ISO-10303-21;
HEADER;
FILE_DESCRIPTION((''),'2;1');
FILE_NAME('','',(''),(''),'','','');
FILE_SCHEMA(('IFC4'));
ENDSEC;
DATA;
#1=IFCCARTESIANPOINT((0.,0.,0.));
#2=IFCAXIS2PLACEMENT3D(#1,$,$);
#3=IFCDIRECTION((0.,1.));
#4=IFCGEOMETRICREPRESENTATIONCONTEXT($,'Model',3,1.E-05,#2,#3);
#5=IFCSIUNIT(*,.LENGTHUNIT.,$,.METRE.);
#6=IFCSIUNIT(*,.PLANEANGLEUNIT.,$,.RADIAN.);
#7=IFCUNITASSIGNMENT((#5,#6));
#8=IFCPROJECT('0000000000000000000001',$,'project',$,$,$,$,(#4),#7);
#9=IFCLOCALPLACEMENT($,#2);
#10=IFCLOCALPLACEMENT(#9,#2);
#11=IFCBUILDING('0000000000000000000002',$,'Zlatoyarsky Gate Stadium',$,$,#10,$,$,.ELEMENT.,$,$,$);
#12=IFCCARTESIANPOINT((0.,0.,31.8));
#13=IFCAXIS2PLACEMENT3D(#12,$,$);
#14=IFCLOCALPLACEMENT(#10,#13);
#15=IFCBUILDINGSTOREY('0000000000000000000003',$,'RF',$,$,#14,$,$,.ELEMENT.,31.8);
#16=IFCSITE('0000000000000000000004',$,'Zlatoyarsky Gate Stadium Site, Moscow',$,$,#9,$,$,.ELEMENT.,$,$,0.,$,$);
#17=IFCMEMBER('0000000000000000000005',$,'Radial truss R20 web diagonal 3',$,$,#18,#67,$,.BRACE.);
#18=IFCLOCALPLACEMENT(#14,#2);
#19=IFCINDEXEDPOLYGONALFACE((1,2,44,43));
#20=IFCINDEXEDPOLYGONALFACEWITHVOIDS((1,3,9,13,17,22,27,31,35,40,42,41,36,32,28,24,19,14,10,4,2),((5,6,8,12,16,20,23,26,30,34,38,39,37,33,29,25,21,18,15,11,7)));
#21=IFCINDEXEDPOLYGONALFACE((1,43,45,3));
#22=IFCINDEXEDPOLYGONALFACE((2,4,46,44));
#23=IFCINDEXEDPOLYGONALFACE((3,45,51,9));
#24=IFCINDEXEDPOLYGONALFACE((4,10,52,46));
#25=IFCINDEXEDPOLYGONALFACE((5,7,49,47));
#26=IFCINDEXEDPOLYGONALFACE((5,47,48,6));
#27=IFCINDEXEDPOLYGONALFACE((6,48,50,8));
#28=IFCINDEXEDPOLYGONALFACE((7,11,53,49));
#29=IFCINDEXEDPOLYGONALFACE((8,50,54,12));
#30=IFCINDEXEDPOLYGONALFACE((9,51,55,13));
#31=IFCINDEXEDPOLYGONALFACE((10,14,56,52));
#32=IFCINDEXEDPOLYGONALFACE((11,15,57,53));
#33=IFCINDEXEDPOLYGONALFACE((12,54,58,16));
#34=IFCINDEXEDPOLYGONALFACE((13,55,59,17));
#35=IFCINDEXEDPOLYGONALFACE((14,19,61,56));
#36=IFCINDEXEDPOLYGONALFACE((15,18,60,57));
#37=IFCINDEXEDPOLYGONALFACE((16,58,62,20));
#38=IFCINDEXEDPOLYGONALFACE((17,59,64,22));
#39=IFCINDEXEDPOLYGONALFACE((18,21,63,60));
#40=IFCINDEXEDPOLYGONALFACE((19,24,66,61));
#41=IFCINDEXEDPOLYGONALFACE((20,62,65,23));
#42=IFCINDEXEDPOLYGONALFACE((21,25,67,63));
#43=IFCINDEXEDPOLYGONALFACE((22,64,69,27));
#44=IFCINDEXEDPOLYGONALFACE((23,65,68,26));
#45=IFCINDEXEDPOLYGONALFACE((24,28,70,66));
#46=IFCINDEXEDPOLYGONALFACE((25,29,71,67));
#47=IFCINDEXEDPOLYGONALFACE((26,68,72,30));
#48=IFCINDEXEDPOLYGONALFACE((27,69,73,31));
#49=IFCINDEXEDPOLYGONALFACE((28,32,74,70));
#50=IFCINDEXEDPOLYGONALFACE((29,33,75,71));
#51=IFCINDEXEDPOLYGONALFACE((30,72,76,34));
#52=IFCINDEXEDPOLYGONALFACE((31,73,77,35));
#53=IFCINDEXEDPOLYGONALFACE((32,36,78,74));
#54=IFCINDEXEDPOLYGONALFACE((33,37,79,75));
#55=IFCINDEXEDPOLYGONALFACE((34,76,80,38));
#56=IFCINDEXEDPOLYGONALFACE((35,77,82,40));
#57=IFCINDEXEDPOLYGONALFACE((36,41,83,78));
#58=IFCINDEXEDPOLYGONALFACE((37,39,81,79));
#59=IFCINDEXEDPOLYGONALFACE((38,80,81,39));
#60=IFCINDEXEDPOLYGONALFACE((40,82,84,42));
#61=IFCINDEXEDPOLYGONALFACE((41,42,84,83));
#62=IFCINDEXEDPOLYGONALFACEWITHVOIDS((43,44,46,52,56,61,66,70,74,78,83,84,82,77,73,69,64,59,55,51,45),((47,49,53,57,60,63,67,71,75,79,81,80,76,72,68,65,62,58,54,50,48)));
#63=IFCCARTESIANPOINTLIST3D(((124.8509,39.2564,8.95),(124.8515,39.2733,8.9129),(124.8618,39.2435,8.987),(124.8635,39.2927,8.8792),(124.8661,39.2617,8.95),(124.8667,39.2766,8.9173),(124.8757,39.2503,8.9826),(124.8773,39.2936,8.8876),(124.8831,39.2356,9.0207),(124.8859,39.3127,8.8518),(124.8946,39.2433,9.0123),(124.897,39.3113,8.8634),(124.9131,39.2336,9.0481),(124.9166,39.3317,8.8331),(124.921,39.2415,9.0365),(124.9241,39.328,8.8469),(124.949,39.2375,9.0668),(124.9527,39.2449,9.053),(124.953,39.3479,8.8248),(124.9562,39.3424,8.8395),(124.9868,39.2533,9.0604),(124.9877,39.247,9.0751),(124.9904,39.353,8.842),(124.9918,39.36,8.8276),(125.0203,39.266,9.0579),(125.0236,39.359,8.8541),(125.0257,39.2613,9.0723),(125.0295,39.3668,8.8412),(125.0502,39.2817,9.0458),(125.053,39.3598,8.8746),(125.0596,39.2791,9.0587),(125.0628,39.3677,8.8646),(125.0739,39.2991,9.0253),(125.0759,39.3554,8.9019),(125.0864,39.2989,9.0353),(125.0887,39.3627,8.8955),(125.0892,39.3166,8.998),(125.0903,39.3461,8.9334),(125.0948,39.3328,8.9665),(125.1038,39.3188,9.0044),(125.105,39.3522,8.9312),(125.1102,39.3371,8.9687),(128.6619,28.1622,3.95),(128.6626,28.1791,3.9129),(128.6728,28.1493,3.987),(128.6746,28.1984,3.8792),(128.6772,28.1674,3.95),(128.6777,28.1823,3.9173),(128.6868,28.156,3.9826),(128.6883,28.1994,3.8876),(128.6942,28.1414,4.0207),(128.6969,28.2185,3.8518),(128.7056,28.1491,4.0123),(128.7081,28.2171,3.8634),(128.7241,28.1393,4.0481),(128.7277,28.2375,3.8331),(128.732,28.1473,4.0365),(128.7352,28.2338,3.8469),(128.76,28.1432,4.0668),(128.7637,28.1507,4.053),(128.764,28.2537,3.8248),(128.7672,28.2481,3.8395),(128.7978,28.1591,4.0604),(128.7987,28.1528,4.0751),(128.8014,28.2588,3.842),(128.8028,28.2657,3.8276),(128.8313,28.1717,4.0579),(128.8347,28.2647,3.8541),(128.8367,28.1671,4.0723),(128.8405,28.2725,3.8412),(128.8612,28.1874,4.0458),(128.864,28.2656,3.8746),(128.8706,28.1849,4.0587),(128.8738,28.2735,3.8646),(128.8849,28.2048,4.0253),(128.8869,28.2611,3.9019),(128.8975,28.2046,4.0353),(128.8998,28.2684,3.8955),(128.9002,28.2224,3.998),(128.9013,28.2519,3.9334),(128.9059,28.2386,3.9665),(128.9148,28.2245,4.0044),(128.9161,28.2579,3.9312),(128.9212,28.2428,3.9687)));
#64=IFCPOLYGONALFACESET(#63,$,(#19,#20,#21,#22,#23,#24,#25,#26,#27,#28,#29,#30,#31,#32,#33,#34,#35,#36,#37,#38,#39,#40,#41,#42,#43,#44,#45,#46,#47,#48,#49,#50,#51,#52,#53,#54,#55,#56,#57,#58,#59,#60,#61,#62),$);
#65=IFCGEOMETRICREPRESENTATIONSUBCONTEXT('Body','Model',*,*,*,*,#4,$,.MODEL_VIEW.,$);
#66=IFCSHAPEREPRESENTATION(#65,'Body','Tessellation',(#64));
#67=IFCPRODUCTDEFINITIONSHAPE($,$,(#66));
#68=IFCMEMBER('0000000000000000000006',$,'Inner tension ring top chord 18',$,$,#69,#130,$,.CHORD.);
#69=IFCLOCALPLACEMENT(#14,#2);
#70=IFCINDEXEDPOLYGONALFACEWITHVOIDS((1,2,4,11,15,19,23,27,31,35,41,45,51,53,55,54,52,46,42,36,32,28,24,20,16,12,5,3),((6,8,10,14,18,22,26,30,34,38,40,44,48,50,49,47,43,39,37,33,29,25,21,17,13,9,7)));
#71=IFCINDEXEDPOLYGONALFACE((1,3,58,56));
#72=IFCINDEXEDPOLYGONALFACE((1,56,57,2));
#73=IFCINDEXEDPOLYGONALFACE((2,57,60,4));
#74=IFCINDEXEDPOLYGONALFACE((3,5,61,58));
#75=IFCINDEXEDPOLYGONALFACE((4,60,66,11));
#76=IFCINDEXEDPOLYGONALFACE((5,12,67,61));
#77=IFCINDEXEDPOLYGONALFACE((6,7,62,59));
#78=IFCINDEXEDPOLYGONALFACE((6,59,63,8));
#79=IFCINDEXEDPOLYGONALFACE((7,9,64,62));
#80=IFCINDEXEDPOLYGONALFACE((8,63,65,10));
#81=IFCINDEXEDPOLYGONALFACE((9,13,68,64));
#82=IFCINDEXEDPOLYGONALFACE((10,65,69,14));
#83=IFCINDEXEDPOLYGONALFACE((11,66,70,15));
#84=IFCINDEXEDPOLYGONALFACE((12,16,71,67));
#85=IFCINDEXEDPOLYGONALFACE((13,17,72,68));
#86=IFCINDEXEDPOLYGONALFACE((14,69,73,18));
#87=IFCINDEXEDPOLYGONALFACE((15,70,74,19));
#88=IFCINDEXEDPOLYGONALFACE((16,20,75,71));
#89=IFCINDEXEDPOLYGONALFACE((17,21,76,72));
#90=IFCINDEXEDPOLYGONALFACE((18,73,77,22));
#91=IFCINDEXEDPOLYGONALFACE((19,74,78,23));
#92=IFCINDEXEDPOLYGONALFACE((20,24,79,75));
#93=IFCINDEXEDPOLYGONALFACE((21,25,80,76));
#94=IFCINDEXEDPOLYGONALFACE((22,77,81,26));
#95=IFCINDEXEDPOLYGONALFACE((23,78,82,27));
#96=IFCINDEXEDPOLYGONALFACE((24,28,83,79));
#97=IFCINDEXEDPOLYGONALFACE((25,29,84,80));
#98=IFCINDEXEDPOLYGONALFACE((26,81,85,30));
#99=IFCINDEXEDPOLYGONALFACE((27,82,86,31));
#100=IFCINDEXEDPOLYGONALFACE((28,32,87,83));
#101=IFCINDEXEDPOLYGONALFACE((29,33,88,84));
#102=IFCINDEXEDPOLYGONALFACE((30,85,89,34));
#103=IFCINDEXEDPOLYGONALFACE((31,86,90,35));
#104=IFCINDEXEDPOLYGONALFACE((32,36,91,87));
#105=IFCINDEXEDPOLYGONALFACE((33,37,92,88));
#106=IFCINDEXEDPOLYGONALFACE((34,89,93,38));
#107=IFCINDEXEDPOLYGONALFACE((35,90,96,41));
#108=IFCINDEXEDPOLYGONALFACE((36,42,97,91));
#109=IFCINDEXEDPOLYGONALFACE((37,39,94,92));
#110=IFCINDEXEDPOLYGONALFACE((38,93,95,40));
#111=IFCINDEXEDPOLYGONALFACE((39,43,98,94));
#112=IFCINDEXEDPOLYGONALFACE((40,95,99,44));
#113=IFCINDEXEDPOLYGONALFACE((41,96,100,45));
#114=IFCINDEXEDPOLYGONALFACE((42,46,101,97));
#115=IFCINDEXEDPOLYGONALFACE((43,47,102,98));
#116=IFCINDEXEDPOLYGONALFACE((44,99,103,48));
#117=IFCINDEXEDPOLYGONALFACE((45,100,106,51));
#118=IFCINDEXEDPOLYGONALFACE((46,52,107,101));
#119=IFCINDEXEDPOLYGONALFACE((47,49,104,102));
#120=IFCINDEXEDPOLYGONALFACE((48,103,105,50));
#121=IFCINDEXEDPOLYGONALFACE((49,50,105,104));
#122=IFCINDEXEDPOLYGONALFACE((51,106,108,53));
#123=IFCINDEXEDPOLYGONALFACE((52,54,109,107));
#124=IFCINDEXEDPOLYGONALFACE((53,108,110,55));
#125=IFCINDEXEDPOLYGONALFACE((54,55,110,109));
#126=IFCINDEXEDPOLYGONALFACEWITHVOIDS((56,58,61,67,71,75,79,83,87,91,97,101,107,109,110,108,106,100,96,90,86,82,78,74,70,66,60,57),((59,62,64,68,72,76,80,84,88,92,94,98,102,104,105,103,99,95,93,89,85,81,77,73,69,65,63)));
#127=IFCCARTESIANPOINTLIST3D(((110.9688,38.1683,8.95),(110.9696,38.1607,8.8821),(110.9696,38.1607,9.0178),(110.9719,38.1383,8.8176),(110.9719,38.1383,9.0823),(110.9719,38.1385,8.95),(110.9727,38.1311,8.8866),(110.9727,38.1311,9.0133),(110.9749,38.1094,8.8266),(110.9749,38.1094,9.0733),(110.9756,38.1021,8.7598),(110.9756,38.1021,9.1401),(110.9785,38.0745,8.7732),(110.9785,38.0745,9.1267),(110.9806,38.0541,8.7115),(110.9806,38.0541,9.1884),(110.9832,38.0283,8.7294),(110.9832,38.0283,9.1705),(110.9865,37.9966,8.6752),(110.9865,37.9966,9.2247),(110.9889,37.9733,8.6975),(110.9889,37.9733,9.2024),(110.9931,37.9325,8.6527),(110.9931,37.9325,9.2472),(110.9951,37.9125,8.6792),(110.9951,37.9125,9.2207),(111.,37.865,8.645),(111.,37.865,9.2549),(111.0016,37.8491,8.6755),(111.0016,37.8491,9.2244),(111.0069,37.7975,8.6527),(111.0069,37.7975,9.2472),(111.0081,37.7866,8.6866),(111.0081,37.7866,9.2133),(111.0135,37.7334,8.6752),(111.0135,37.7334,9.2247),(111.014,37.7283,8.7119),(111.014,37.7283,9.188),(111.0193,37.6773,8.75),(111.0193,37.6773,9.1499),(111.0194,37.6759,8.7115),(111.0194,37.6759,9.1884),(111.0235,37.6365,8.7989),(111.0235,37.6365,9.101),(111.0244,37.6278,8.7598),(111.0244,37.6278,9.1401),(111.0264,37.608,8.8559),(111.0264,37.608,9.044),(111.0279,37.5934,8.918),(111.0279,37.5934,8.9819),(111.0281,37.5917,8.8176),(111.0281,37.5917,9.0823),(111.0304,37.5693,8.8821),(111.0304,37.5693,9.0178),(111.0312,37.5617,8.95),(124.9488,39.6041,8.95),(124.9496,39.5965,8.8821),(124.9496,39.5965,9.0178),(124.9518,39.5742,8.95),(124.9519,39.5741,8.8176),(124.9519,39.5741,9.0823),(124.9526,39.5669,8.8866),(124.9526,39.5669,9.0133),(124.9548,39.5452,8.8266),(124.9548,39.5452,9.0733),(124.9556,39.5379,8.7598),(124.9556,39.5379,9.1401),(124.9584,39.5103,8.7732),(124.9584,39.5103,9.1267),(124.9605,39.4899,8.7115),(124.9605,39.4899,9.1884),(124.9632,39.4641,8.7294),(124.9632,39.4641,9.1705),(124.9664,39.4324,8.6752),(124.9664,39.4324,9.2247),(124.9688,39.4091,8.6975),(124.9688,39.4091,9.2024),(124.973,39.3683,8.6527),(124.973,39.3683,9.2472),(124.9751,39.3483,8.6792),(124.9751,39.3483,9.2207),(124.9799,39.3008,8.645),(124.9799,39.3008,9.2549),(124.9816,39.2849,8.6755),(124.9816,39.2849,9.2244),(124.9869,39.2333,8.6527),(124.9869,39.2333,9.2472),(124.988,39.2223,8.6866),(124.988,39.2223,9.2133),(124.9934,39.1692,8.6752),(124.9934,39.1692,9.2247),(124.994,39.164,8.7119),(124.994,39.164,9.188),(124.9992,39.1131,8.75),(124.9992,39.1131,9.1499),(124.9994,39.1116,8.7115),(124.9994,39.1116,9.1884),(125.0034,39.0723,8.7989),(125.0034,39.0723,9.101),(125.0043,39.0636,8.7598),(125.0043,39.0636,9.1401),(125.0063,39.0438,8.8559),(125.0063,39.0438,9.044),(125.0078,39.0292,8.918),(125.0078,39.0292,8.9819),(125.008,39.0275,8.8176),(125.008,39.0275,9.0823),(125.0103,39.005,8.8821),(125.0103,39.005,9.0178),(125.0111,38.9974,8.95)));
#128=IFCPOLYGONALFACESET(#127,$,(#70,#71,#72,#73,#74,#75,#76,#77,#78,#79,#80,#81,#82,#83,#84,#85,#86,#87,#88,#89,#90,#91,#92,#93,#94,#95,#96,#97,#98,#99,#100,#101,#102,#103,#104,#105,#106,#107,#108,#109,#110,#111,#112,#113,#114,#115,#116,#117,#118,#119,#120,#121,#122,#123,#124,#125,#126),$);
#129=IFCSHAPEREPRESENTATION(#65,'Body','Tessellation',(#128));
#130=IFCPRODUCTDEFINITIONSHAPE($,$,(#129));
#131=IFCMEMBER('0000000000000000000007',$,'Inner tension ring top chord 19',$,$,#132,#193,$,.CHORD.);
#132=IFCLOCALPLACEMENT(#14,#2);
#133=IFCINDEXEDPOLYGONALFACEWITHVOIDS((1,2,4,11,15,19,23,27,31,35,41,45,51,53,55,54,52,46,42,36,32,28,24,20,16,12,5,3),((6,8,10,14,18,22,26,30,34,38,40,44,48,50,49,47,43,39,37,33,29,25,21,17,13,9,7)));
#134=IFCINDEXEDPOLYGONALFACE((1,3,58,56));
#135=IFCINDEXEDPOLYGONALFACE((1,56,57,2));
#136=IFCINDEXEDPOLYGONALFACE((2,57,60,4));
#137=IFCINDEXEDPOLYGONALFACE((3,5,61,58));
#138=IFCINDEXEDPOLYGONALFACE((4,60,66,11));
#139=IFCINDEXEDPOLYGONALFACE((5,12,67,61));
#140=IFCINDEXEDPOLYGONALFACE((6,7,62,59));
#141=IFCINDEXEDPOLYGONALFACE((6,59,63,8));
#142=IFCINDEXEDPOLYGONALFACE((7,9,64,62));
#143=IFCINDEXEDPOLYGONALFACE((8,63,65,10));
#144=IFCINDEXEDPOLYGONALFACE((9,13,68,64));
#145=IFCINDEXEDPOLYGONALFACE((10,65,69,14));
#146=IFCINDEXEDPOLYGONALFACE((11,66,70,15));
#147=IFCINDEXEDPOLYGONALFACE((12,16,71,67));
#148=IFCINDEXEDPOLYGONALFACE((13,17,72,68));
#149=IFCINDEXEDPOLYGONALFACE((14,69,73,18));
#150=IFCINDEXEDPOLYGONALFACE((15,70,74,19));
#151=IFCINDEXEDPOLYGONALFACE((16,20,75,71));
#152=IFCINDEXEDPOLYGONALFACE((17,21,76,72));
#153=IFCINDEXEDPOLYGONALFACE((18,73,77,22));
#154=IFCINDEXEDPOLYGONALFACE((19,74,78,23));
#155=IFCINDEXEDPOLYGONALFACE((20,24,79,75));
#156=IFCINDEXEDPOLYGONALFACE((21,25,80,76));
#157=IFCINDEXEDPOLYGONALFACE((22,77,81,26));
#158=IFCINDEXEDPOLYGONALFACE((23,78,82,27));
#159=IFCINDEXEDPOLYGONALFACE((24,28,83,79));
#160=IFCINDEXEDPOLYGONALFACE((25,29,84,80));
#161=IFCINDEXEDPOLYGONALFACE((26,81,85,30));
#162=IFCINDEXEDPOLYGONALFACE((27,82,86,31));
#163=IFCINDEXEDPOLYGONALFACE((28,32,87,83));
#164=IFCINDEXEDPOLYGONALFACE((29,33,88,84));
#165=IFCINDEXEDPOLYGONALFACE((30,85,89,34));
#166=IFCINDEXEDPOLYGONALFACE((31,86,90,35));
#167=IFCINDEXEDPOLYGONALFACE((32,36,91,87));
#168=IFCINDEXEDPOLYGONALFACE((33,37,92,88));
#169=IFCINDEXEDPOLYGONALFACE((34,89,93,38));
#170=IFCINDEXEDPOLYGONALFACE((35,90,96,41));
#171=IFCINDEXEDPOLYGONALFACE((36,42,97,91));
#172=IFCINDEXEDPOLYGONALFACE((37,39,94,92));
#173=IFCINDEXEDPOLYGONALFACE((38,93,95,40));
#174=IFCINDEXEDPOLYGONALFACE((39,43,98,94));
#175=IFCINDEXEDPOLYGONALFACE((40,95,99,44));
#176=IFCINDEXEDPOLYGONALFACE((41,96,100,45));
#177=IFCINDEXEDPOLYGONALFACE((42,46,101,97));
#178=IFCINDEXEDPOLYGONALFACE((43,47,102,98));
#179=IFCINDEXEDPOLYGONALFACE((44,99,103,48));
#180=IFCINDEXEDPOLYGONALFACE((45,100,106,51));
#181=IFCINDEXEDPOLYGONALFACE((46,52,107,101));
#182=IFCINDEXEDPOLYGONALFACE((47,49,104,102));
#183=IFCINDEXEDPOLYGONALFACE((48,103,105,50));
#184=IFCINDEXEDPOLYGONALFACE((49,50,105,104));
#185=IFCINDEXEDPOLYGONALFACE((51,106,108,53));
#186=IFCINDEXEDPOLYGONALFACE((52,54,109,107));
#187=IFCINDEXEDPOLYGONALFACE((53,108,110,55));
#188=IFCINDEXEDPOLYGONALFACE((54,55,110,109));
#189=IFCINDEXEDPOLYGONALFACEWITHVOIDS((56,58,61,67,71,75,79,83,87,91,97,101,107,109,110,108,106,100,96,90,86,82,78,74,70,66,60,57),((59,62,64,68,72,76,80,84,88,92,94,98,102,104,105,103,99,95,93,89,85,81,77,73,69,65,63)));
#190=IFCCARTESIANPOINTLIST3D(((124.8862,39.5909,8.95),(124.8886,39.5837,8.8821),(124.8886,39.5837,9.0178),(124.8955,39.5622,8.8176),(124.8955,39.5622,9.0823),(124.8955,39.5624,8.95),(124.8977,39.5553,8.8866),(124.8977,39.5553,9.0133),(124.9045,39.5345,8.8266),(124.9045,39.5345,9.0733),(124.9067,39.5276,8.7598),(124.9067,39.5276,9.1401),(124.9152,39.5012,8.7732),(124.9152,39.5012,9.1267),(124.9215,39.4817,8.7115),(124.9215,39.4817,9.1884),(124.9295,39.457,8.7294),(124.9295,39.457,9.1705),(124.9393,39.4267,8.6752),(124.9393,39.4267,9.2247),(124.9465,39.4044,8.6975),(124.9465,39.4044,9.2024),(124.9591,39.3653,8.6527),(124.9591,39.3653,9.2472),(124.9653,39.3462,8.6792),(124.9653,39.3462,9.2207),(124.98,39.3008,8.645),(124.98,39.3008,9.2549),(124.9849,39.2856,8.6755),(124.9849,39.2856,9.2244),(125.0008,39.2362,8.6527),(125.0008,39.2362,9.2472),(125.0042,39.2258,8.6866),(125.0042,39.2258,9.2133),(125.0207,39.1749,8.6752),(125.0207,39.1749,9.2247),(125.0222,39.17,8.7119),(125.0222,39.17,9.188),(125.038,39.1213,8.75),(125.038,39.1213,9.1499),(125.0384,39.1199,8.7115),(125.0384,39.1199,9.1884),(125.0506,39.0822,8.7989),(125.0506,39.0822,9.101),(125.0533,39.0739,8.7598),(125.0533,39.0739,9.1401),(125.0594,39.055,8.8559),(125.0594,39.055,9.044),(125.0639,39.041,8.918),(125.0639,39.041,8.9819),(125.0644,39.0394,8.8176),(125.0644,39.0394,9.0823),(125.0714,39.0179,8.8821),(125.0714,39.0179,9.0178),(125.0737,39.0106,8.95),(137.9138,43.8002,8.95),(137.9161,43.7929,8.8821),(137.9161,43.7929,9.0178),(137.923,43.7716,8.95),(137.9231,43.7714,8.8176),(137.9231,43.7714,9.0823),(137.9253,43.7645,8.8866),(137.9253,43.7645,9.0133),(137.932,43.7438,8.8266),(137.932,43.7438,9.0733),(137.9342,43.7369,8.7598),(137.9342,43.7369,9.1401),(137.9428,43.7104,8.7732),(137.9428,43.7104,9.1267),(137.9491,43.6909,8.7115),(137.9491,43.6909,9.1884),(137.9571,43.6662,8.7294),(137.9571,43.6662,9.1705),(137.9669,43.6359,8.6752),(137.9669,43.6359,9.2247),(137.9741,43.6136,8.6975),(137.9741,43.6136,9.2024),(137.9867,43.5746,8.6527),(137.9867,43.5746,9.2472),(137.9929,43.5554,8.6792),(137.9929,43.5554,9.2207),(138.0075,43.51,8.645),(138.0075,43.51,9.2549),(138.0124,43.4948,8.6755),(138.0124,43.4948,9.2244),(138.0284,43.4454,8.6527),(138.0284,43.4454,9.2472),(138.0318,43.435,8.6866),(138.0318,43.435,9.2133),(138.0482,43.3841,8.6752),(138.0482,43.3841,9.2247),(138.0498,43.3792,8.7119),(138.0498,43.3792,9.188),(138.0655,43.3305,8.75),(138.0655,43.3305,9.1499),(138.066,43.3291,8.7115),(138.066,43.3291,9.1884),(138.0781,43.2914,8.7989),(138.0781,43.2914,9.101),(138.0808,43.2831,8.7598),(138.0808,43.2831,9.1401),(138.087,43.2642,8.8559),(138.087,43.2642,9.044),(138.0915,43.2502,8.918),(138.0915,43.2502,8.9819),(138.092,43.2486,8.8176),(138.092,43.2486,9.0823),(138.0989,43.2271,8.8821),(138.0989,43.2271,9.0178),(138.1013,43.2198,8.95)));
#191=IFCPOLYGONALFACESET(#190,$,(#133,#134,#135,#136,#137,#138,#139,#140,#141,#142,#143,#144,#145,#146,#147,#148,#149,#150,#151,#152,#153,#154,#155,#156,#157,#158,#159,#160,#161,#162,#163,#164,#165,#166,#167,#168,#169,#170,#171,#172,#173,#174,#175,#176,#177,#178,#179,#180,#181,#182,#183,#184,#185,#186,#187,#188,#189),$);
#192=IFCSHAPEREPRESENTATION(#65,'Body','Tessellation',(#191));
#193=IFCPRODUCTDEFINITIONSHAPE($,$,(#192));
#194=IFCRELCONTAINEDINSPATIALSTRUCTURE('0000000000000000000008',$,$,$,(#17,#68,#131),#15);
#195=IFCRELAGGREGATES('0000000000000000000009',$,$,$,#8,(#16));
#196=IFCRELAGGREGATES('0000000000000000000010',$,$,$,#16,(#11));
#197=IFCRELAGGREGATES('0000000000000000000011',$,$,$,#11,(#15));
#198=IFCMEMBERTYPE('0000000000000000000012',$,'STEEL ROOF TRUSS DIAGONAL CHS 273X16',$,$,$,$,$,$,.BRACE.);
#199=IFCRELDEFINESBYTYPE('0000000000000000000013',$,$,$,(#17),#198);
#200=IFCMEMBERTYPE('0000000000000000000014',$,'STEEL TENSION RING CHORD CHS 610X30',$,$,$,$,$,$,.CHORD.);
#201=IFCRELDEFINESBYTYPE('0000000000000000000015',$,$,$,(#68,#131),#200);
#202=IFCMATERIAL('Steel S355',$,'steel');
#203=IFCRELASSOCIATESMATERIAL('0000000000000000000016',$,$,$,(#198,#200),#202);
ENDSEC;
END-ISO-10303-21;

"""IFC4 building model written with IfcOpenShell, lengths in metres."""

from ifc_helpers import new_model, si_unit, direction, frame, origin, origin_2d, place, context, subcontext, project, spatial, hollow_circle, extrude, material, material_profile, profile_set, type_object, element, save


model = new_model("IFC4")

# Units and contexts
model_context = context("Model", 3, precision=1e-05, world=origin(), true_north=direction((0.0, 1.0)))
body_context = subcontext(model_context, "Body", "Model", "MODEL_VIEW")
ifc_project = project(units=[si_unit("LENGTHUNIT", "METRE"), si_unit("PLANEANGLEUNIT", "RADIAN")], contexts=[model_context])

# Site, building, storey
site_placement = place(None, origin())
site = spatial("IfcSite", under=ifc_project, at=site_placement, Name="Zlatoyarsky Gate Stadium Site, Moscow", CompositionType="ELEMENT", RefElevation=0.0)
building_placement = place(site_placement, origin())
building = spatial("IfcBuilding", under=site, at=building_placement, Name="Zlatoyarsky Gate Stadium", CompositionType="ELEMENT")
storey_placement = place(building_placement, frame((0.0, 0.0, 31.8)))
storey = spatial("IfcBuildingStorey", under=building, at=storey_placement, Name="RF", CompositionType="ELEMENT", Elevation=31.8)

# Shared definitions
ifc_material = material(Name="Steel S355", Category="steel")

# Members
ifc_material_profile_1 = material_profile(ifc_material, hollow_circle(Radius=0.1365, WallThickness=0.0161, at=origin_2d()), Name="CHS 273X16")
ifc_profile_set_1 = profile_set([ifc_material_profile_1], Name="Steel S355")
member_type_1 = type_object("IfcMemberType", Name="STEEL ROOF TRUSS DIAGONAL CHS 273X16", PredefinedType="BRACE", material=ifc_profile_set_1)
member_1_placement = place(storey_placement, frame((128.791, 28.2065, 3.95), z_axis=(-0.298865, 0.87002, 0.392104), x_axis=(-0.945755, -0.324881, 0.0)))
element("IfcMember", 1, at=member_1_placement, inside=storey, type_object=member_type_1, Name="Radial truss R20 web diagonal 3", PredefinedType="BRACE", context=body_context, shape_type="SweptSolid", body=[
    extrude(hollow_circle(Radius=0.1365, WallThickness=0.0161, at=origin_2d()), origin(), (0.0, 0.0, 1.0), 12.7517),
])
ifc_material_profile_2 = material_profile(ifc_material, hollow_circle(Radius=0.3049, WallThickness=0.03, at=origin_2d()), Name="CHS 610X30")
ifc_profile_set_2 = profile_set([ifc_material_profile_2], Name="Steel S355")
member_type_2 = type_object("IfcMemberType", Name="STEEL TENSION RING CHORD CHS 610X30", PredefinedType="CHORD", material=ifc_profile_set_2)
member_2_placement = place(storey_placement, frame((111.0, 37.865, 8.95), z_axis=(0.994767, 0.102166, 0.0), x_axis=(-0.102166, 0.994767, 0.0)))
element("IfcMember", 2, at=member_2_placement, inside=storey, type_object=member_type_2, Name="Inner tension ring top chord 18", PredefinedType="CHORD", context=body_context, shape_type="SweptSolid", body=[
    extrude(hollow_circle(Radius=0.3049, WallThickness=0.03, at=origin_2d()), origin(), (0.0, 0.0, 1.0), 14.0535),
])
member_3_placement = place(storey_placement, frame((124.98, 39.3008, 8.95), z_axis=(0.951564, 0.307451, 0.0), x_axis=(-0.307451, 0.951564, 0.0)))
element("IfcMember", 3, at=member_3_placement, inside=storey, type_object=member_type_2, Name="Inner tension ring top chord 19", PredefinedType="CHORD", context=body_context, shape_type="SweptSolid", body=[
    extrude(hollow_circle(Radius=0.3049, WallThickness=0.03, at=origin_2d()), origin(), (0.0, 0.0, 1.0), 13.6907),
])

save(model, "model.ifc")
